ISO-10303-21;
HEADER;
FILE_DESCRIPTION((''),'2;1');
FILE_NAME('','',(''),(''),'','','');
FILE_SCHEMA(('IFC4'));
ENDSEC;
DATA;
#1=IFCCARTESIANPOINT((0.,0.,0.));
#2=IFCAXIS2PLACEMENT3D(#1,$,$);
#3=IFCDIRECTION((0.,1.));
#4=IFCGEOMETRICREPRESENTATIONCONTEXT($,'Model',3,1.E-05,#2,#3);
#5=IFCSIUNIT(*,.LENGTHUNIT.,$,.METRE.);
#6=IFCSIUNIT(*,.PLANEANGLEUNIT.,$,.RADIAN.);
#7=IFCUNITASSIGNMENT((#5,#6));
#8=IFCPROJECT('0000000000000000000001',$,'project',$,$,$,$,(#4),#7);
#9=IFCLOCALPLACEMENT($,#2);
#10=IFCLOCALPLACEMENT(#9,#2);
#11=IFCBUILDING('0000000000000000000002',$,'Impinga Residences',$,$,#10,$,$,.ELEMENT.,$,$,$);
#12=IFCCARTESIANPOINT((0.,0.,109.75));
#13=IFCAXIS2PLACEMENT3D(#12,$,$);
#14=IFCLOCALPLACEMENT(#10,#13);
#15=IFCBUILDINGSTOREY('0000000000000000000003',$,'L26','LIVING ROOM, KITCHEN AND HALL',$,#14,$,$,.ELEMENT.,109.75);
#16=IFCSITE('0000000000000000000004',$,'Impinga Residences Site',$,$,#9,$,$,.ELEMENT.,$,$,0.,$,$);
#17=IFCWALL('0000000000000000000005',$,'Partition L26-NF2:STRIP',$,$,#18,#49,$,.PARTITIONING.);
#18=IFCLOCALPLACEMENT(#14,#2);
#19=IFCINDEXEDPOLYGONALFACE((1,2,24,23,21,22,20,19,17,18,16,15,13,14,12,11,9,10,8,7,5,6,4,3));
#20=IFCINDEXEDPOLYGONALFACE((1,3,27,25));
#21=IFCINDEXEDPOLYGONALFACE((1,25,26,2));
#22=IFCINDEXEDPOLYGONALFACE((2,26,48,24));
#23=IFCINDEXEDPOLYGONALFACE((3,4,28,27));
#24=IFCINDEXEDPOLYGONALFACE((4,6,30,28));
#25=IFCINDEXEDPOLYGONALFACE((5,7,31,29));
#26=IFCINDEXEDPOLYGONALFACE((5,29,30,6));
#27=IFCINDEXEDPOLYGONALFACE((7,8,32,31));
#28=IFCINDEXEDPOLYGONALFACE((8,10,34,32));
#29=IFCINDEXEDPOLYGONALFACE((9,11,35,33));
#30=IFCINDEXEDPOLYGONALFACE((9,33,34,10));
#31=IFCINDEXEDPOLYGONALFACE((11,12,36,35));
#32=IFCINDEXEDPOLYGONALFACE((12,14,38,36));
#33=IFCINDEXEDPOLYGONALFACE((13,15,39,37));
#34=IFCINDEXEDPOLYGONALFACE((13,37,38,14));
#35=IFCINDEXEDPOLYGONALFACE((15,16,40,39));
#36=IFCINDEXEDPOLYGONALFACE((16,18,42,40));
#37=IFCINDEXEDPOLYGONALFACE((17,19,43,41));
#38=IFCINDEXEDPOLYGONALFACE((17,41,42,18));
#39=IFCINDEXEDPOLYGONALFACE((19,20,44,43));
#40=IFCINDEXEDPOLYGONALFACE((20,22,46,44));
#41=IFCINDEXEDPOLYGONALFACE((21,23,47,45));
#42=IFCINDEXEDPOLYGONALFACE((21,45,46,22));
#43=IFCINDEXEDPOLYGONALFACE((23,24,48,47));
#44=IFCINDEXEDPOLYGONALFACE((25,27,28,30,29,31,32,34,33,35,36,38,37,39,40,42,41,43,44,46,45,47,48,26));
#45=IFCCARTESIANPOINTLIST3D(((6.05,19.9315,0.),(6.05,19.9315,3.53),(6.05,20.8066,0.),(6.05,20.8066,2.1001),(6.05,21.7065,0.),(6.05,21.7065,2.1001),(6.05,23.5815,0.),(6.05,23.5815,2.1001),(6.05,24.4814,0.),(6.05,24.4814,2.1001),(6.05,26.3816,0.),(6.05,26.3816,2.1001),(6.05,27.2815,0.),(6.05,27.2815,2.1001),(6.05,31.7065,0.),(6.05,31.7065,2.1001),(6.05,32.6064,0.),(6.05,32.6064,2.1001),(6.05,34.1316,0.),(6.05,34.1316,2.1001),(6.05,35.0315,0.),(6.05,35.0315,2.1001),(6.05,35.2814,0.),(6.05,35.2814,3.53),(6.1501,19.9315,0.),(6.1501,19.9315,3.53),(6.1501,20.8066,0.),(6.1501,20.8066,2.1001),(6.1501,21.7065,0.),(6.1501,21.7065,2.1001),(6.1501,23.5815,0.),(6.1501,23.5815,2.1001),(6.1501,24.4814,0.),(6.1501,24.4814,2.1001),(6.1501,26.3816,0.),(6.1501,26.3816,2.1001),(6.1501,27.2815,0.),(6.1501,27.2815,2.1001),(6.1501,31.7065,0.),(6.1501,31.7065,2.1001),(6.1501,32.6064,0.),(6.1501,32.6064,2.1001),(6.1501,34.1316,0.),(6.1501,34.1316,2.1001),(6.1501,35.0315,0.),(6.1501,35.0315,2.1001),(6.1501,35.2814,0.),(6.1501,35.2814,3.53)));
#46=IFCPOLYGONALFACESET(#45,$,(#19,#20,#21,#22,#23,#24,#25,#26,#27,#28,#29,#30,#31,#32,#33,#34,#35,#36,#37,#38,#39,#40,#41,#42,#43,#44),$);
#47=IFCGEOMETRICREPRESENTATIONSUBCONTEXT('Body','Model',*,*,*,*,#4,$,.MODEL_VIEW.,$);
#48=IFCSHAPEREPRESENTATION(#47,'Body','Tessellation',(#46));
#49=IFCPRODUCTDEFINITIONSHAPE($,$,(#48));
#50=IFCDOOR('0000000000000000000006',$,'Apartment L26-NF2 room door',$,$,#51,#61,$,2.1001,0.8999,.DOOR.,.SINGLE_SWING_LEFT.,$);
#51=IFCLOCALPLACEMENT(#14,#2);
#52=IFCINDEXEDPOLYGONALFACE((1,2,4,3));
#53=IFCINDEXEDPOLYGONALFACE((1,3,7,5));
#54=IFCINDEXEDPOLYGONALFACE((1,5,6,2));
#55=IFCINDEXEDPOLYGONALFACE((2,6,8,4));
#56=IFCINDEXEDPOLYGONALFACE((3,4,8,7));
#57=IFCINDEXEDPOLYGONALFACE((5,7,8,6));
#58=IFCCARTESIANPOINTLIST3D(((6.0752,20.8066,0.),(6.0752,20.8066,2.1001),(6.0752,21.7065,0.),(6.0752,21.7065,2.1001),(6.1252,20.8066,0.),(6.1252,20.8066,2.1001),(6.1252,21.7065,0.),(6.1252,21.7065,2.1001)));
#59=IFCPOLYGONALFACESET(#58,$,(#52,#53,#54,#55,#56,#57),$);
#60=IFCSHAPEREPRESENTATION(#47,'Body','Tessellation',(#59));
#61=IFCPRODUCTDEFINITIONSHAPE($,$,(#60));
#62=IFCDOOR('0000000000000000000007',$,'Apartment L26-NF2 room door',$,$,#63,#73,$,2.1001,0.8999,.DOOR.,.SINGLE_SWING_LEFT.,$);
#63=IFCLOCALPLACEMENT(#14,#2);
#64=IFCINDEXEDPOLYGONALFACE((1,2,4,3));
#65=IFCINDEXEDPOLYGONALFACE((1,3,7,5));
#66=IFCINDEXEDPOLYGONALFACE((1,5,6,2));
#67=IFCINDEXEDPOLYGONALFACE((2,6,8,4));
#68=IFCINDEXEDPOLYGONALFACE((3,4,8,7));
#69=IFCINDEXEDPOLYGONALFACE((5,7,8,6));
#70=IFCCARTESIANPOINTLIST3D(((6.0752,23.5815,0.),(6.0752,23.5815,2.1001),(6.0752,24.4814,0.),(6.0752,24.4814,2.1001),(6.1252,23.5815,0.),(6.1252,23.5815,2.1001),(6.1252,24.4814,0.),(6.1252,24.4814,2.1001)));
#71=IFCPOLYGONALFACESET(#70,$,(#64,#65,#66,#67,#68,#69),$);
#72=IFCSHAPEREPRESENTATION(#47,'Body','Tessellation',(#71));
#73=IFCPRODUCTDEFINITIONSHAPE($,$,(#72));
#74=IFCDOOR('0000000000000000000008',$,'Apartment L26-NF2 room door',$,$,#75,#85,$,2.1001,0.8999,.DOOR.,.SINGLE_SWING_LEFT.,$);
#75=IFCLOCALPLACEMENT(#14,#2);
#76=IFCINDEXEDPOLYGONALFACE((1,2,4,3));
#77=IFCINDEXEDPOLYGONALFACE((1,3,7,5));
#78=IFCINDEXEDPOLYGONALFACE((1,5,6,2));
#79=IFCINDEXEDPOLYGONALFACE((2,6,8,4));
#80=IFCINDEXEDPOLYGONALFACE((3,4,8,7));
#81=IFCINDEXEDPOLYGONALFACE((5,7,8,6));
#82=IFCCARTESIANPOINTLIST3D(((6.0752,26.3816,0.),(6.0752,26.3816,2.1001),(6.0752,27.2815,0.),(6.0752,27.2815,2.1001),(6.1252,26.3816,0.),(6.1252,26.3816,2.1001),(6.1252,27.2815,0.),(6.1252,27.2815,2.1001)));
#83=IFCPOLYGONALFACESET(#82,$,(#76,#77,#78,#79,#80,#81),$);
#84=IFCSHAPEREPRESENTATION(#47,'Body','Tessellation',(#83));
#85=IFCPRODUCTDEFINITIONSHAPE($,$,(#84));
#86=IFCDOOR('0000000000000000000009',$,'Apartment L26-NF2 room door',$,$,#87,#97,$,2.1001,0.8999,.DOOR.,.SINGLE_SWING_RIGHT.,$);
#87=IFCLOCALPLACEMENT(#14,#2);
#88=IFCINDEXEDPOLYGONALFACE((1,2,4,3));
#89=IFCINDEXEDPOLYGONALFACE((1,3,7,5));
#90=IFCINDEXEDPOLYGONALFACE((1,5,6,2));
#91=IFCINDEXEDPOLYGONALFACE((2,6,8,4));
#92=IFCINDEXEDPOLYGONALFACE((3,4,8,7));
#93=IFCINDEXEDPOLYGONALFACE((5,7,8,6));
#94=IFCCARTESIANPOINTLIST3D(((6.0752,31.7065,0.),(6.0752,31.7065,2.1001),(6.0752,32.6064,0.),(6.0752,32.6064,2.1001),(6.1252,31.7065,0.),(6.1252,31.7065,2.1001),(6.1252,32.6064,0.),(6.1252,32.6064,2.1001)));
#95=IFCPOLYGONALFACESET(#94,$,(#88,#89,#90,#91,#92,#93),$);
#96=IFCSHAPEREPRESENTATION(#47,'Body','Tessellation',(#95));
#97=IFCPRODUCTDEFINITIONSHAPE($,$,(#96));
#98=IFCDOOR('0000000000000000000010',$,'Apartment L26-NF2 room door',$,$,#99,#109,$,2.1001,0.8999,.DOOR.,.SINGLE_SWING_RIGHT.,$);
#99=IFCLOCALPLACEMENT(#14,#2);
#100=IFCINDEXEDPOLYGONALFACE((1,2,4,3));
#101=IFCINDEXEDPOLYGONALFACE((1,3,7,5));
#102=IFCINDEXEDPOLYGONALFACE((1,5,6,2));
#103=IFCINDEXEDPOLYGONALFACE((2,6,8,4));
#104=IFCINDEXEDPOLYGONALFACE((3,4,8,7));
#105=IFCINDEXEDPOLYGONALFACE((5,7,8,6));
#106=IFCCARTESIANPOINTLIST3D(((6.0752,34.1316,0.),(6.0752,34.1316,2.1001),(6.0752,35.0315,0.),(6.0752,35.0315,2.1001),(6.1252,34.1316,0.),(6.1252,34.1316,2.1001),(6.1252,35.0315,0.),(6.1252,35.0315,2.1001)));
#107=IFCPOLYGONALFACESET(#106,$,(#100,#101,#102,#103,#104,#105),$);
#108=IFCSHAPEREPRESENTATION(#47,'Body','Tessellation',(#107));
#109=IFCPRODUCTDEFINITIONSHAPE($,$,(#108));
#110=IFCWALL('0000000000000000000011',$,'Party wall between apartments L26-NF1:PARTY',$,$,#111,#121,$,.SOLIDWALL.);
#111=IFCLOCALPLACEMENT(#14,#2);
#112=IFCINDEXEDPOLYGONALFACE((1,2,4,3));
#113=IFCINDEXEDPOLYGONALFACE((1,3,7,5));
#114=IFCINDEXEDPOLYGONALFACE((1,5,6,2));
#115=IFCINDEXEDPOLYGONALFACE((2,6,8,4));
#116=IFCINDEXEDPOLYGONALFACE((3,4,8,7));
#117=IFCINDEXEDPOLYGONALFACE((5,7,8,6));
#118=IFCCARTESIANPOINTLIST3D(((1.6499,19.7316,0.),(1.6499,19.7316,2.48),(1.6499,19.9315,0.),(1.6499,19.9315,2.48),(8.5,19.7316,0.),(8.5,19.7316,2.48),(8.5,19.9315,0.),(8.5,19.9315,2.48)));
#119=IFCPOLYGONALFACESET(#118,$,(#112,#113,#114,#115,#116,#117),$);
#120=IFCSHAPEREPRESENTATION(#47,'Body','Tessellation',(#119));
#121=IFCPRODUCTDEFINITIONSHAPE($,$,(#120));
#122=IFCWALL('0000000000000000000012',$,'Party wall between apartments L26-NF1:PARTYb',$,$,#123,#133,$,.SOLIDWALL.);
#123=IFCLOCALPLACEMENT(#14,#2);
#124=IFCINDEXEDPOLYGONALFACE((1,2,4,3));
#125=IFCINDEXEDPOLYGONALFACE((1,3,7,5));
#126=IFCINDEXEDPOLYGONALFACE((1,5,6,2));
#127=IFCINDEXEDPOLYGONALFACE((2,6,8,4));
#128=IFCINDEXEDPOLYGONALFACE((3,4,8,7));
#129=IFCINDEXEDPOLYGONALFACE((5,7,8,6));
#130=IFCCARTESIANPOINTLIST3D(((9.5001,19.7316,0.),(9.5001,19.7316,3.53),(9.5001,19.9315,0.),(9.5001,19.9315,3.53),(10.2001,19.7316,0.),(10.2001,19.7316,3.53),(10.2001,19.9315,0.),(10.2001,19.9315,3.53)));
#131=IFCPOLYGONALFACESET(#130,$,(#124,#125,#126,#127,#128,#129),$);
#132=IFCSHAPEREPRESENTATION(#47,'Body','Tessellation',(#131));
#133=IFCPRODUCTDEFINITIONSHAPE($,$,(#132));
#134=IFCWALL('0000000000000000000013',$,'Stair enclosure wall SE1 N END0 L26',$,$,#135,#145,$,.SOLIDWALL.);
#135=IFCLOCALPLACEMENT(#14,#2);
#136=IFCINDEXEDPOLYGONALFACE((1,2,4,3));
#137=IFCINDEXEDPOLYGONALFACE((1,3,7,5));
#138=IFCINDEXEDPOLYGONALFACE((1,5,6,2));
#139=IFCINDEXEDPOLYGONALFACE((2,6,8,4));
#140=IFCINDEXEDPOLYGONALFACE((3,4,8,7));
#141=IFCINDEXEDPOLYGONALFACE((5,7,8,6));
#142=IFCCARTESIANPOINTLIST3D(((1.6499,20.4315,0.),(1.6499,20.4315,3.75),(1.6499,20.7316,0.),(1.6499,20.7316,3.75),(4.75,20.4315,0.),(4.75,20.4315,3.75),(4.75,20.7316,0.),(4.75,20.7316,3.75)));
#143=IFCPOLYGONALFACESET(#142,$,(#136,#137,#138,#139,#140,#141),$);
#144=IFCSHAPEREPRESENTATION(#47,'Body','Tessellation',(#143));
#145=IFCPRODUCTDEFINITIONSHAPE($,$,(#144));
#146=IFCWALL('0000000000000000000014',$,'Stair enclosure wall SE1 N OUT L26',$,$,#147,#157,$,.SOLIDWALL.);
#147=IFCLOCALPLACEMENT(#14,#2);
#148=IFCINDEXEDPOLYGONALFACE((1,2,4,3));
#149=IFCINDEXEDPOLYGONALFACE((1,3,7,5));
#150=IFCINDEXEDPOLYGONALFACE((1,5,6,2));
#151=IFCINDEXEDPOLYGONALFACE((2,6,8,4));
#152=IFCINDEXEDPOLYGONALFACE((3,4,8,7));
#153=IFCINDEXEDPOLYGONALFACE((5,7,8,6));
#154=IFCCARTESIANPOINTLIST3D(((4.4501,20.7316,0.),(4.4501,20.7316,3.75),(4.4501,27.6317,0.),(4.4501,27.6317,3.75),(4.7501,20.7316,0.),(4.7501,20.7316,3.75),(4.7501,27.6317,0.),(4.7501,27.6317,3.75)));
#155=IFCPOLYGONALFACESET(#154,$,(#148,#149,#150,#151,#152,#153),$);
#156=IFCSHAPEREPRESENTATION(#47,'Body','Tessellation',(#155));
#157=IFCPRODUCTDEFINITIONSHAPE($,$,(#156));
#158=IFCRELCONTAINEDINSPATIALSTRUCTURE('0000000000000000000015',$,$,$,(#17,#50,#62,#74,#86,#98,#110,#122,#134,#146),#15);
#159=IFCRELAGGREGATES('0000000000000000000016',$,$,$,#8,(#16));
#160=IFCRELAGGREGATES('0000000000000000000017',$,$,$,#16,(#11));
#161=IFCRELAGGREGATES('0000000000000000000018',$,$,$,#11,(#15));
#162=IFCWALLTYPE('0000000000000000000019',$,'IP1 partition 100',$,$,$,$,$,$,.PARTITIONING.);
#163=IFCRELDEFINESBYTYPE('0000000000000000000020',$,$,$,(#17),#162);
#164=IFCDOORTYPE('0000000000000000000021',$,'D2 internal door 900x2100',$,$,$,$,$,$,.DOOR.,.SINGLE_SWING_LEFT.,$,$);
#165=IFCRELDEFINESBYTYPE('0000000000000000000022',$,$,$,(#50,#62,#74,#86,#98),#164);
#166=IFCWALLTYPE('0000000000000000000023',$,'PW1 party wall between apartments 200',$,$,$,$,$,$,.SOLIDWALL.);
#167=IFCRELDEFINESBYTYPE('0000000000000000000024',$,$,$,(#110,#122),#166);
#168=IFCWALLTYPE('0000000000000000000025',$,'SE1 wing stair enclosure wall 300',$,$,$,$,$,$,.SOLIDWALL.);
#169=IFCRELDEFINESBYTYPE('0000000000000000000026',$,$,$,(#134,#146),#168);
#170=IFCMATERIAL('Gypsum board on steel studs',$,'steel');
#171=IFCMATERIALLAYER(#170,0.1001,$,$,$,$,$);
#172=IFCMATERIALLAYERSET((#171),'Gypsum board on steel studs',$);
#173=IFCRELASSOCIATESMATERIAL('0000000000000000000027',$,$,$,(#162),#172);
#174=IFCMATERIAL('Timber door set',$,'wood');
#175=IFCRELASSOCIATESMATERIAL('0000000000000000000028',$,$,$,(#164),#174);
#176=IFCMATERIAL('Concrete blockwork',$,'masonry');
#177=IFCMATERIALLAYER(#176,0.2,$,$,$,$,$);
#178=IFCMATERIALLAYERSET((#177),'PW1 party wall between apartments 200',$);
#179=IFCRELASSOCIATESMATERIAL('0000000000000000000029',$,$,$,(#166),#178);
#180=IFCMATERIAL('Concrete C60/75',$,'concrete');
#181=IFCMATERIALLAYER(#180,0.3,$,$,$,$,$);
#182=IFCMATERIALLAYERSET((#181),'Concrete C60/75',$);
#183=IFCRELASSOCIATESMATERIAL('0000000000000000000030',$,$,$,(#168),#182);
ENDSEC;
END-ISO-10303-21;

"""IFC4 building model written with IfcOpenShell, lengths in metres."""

from ifc_helpers import new_model, si_unit, direction, frame, frame_2d, origin, place, context, subcontext, project, spatial, rectangle, extrude, material, layer, layer_set, type_object, element, fill, save


model = new_model("IFC4")

# Units and contexts
model_context = context("Model", 3, precision=1e-05, world=origin(), true_north=direction((0.0, 1.0)))
body_context = subcontext(model_context, "Body", "Model", "MODEL_VIEW")
ifc_project = project(units=[si_unit("LENGTHUNIT", "METRE"), si_unit("PLANEANGLEUNIT", "RADIAN")], contexts=[model_context])

# Site, building, storey
site_placement = place(None, origin())
site = spatial("IfcSite", under=ifc_project, at=site_placement, Name="Impinga Residences Site", CompositionType="ELEMENT", RefElevation=0.0)
building_placement = place(site_placement, origin())
building = spatial("IfcBuilding", under=site, at=building_placement, Name="Impinga Residences", CompositionType="ELEMENT")
storey_placement = place(building_placement, frame((0.0, 0.0, 109.75)))
storey = spatial("IfcBuildingStorey", under=building, at=storey_placement, Name="L26", Description="LIVING ROOM, KITCHEN AND HALL", CompositionType="ELEMENT", Elevation=109.75)

# Shared definitions
ifc_material_1 = material(Name="Concrete C60/75", Category="concrete")

# Shared definitions
ifc_material_2 = material(Name="Gypsum board on steel studs", Category="steel")
ifc_layer_1 = layer(ifc_material_2, 0.1001)
ifc_layer_set_1 = layer_set([ifc_layer_1], Name="Gypsum board on steel studs")
wall_type_1 = type_object("IfcWallType", Name="IP1 partition 100", PredefinedType="PARTITIONING", material=ifc_layer_set_1)

# Wall, openings, doors
wall_1_placement = place(storey_placement, frame((6.1001, 19.9316, 0.0), z_axis=(0.0, 0.0, 1.0), x_axis=(0.0, 1.0, 0.0)))
wall_1 = element("IfcWall", 1, at=wall_1_placement, inside=storey, type_object=wall_type_1, Name="Partition L26-NF2:STRIP", PredefinedType="PARTITIONING", context=body_context, shape_type="SweptSolid", body=[
    extrude(rectangle(XDim=15.3499, YDim=0.1001, at=frame_2d((7.6748, 0.0))), origin(), (0.0, 0.0, 1.0), 3.53),
])
opening_1_placement = place(wall_1_placement, frame((0.875, 0.0, 0.0)))
opening_1 = element("IfcOpeningElement", 2, at=opening_1_placement, cuts=wall_1, PredefinedType="OPENING", context=body_context, shape_type="SweptSolid", body=[
    extrude(rectangle(XDim=0.8999, YDim=2.1001, at=frame_2d((0.45, 1.05))), frame((0.0, 0.0601, 0.0), z_axis=(0.0, -1.0, 0.0), x_axis=(1.0, 0.0, 0.0)), (0.0, 0.0, 1.0), 0.1201),
])
opening_2_placement = place(wall_1_placement, frame((3.6499, 0.0, 0.0)))
opening_2 = element("IfcOpeningElement", 3, at=opening_2_placement, cuts=wall_1, PredefinedType="OPENING", context=body_context, shape_type="SweptSolid", body=[
    extrude(rectangle(XDim=0.8999, YDim=2.1001, at=frame_2d((0.45, 1.05))), frame((0.0, 0.0601, 0.0), z_axis=(0.0, -1.0, 0.0), x_axis=(1.0, 0.0, 0.0)), (0.0, 0.0, 1.0), 0.1201),
])
opening_3_placement = place(wall_1_placement, frame((6.45, 0.0, 0.0)))
opening_3 = element("IfcOpeningElement", 4, at=opening_3_placement, cuts=wall_1, PredefinedType="OPENING", context=body_context, shape_type="SweptSolid", body=[
    extrude(rectangle(XDim=0.8999, YDim=2.1001, at=frame_2d((0.45, 1.05))), frame((0.0, 0.0601, 0.0), z_axis=(0.0, -1.0, 0.0), x_axis=(1.0, 0.0, 0.0)), (0.0, 0.0, 1.0), 0.1201),
])
opening_4_placement = place(wall_1_placement, frame((11.7749, 0.0, 0.0)))
opening_4 = element("IfcOpeningElement", 5, at=opening_4_placement, cuts=wall_1, PredefinedType="OPENING", context=body_context, shape_type="SweptSolid", body=[
    extrude(rectangle(XDim=0.8999, YDim=2.1001, at=frame_2d((0.45, 1.05))), frame((0.0, 0.0601, 0.0), z_axis=(0.0, -1.0, 0.0), x_axis=(1.0, 0.0, 0.0)), (0.0, 0.0, 1.0), 0.1201),
])
opening_5_placement = place(wall_1_placement, frame((14.2, 0.0, 0.0)))
opening_5 = element("IfcOpeningElement", 6, at=opening_5_placement, cuts=wall_1, PredefinedType="OPENING", context=body_context, shape_type="SweptSolid", body=[
    extrude(rectangle(XDim=0.8999, YDim=2.1001, at=frame_2d((0.45, 1.05))), frame((0.0, 0.0601, 0.0), z_axis=(0.0, -1.0, 0.0), x_axis=(1.0, 0.0, 0.0)), (0.0, 0.0, 1.0), 0.1201),
])
ifc_material_3 = material(Name="Timber door set", Category="wood")
door_type = type_object("IfcDoorType", Name="D2 internal door 900x2100", OperationType="SINGLE_SWING_LEFT", PredefinedType="DOOR", material=ifc_material_3)
door_1_placement = place(opening_1_placement, origin())
door_1 = element("IfcDoor", 7, at=door_1_placement, inside=storey, type_object=door_type, Name="Apartment L26-NF2 room door", OperationType="SINGLE_SWING_LEFT", OverallHeight=2.1001, OverallWidth=0.8999, PredefinedType="DOOR", context=body_context, shape_type="SweptSolid", body=[
    extrude(rectangle(XDim=0.8999, YDim=2.1001, at=frame_2d((0.45, 1.05))), frame((0.0, 0.0249, 0.0), z_axis=(0.0, -1.0, 0.0), x_axis=(1.0, 0.0, 0.0)), (0.0, 0.0, 1.0), 0.05),
])
fill(opening_1, door_1)
door_2_placement = place(opening_2_placement, origin())
door_2 = element("IfcDoor", 8, at=door_2_placement, inside=storey, type_object=door_type, Name="Apartment L26-NF2 room door", OperationType="SINGLE_SWING_LEFT", OverallHeight=2.1001, OverallWidth=0.8999, PredefinedType="DOOR", context=body_context, shape_type="SweptSolid", body=[
    extrude(rectangle(XDim=0.8999, YDim=2.1001, at=frame_2d((0.45, 1.05))), frame((0.0, 0.0249, 0.0), z_axis=(0.0, -1.0, 0.0), x_axis=(1.0, 0.0, 0.0)), (0.0, 0.0, 1.0), 0.05),
])
fill(opening_2, door_2)
door_3_placement = place(opening_3_placement, origin())
door_3 = element("IfcDoor", 9, at=door_3_placement, inside=storey, type_object=door_type, Name="Apartment L26-NF2 room door", OperationType="SINGLE_SWING_LEFT", OverallHeight=2.1001, OverallWidth=0.8999, PredefinedType="DOOR", context=body_context, shape_type="SweptSolid", body=[
    extrude(rectangle(XDim=0.8999, YDim=2.1001, at=frame_2d((0.45, 1.05))), frame((0.0, 0.0249, 0.0), z_axis=(0.0, -1.0, 0.0), x_axis=(1.0, 0.0, 0.0)), (0.0, 0.0, 1.0), 0.05),
])
fill(opening_3, door_3)
door_4_placement = place(opening_4_placement, origin())
door_4 = element("IfcDoor", 10, at=door_4_placement, inside=storey, type_object=door_type, Name="Apartment L26-NF2 room door", OperationType="SINGLE_SWING_RIGHT", OverallHeight=2.1001, OverallWidth=0.8999, PredefinedType="DOOR", context=body_context, shape_type="SweptSolid", body=[
    extrude(rectangle(XDim=0.8999, YDim=2.1001, at=frame_2d((0.45, 1.05))), frame((0.0, 0.0249, 0.0), z_axis=(0.0, -1.0, 0.0), x_axis=(1.0, 0.0, 0.0)), (0.0, 0.0, 1.0), 0.05),
])
fill(opening_4, door_4)
door_5_placement = place(opening_5_placement, origin())
door_5 = element("IfcDoor", 11, at=door_5_placement, inside=storey, type_object=door_type, Name="Apartment L26-NF2 room door", OperationType="SINGLE_SWING_RIGHT", OverallHeight=2.1001, OverallWidth=0.8999, PredefinedType="DOOR", context=body_context, shape_type="SweptSolid", body=[
    extrude(rectangle(XDim=0.8999, YDim=2.1001, at=frame_2d((0.45, 1.05))), frame((0.0, 0.0249, 0.0), z_axis=(0.0, -1.0, 0.0), x_axis=(1.0, 0.0, 0.0)), (0.0, 0.0, 1.0), 0.05),
])
fill(opening_5, door_5)

# Walls
ifc_material_4 = material(Name="Concrete blockwork", Category="masonry")
ifc_layer_2 = layer(ifc_material_4, 0.2)
ifc_layer_set_2 = layer_set([ifc_layer_2], Name="PW1 party wall between apartments 200")
wall_type_2 = type_object("IfcWallType", Name="PW1 party wall between apartments 200", PredefinedType="SOLIDWALL", material=ifc_layer_set_2)
wall_2_placement = place(storey_placement, frame((1.6499, 19.8315, 0.0), z_axis=(0.0, 0.0, 1.0), x_axis=(1.0, 0.0, 0.0)))
element("IfcWall", 12, at=wall_2_placement, inside=storey, type_object=wall_type_2, Name="Party wall between apartments L26-NF1:PARTY", PredefinedType="SOLIDWALL", context=body_context, shape_type="SweptSolid", body=[
    extrude(rectangle(XDim=6.8501, YDim=0.2, at=frame_2d((3.425, 0.0))), origin(), (0.0, 0.0, 1.0), 2.48),
])
wall_3_placement = place(storey_placement, frame((9.5, 19.8315, 0.0), z_axis=(0.0, 0.0, 1.0), x_axis=(1.0, 0.0, 0.0)))
element("IfcWall", 13, at=wall_3_placement, inside=storey, type_object=wall_type_2, Name="Party wall between apartments L26-NF1:PARTYb", PredefinedType="SOLIDWALL", context=body_context, shape_type="SweptSolid", body=[
    extrude(rectangle(XDim=0.7, YDim=0.2, at=frame_2d((0.3501, 0.0))), origin(), (0.0, 0.0, 1.0), 3.53),
])
ifc_layer_3 = layer(ifc_material_1, 0.3)
ifc_layer_set_3 = layer_set([ifc_layer_3], Name="Concrete C60/75")
wall_type_3 = type_object("IfcWallType", Name="SE1 wing stair enclosure wall 300", PredefinedType="SOLIDWALL", material=ifc_layer_set_3)
wall_4_placement = place(storey_placement, frame((1.6499, 20.5815, 0.0), z_axis=(0.0, 0.0, 1.0), x_axis=(1.0, 0.0, 0.0)))
element("IfcWall", 14, at=wall_4_placement, inside=storey, type_object=wall_type_3, Name="Stair enclosure wall SE1 N END0 L26", PredefinedType="SOLIDWALL", context=body_context, shape_type="SweptSolid", body=[
    extrude(rectangle(XDim=3.1001, YDim=0.3, at=frame_2d((1.55, 0.0))), origin(), (0.0, 0.0, 1.0), 3.75),
])
wall_5_placement = place(storey_placement, frame((4.6001, 20.7314, 0.0), z_axis=(0.0, 0.0, 1.0), x_axis=(0.0, 1.0, 0.0)))
element("IfcWall", 15, at=wall_5_placement, inside=storey, type_object=wall_type_3, Name="Stair enclosure wall SE1 N OUT L26", PredefinedType="SOLIDWALL", context=body_context, shape_type="SweptSolid", body=[
    extrude(rectangle(XDim=6.9001, YDim=0.3, at=frame_2d((3.4502, 0.0))), origin(), (0.0, 0.0, 1.0), 3.75),
])

save(model, "model.ifc")
